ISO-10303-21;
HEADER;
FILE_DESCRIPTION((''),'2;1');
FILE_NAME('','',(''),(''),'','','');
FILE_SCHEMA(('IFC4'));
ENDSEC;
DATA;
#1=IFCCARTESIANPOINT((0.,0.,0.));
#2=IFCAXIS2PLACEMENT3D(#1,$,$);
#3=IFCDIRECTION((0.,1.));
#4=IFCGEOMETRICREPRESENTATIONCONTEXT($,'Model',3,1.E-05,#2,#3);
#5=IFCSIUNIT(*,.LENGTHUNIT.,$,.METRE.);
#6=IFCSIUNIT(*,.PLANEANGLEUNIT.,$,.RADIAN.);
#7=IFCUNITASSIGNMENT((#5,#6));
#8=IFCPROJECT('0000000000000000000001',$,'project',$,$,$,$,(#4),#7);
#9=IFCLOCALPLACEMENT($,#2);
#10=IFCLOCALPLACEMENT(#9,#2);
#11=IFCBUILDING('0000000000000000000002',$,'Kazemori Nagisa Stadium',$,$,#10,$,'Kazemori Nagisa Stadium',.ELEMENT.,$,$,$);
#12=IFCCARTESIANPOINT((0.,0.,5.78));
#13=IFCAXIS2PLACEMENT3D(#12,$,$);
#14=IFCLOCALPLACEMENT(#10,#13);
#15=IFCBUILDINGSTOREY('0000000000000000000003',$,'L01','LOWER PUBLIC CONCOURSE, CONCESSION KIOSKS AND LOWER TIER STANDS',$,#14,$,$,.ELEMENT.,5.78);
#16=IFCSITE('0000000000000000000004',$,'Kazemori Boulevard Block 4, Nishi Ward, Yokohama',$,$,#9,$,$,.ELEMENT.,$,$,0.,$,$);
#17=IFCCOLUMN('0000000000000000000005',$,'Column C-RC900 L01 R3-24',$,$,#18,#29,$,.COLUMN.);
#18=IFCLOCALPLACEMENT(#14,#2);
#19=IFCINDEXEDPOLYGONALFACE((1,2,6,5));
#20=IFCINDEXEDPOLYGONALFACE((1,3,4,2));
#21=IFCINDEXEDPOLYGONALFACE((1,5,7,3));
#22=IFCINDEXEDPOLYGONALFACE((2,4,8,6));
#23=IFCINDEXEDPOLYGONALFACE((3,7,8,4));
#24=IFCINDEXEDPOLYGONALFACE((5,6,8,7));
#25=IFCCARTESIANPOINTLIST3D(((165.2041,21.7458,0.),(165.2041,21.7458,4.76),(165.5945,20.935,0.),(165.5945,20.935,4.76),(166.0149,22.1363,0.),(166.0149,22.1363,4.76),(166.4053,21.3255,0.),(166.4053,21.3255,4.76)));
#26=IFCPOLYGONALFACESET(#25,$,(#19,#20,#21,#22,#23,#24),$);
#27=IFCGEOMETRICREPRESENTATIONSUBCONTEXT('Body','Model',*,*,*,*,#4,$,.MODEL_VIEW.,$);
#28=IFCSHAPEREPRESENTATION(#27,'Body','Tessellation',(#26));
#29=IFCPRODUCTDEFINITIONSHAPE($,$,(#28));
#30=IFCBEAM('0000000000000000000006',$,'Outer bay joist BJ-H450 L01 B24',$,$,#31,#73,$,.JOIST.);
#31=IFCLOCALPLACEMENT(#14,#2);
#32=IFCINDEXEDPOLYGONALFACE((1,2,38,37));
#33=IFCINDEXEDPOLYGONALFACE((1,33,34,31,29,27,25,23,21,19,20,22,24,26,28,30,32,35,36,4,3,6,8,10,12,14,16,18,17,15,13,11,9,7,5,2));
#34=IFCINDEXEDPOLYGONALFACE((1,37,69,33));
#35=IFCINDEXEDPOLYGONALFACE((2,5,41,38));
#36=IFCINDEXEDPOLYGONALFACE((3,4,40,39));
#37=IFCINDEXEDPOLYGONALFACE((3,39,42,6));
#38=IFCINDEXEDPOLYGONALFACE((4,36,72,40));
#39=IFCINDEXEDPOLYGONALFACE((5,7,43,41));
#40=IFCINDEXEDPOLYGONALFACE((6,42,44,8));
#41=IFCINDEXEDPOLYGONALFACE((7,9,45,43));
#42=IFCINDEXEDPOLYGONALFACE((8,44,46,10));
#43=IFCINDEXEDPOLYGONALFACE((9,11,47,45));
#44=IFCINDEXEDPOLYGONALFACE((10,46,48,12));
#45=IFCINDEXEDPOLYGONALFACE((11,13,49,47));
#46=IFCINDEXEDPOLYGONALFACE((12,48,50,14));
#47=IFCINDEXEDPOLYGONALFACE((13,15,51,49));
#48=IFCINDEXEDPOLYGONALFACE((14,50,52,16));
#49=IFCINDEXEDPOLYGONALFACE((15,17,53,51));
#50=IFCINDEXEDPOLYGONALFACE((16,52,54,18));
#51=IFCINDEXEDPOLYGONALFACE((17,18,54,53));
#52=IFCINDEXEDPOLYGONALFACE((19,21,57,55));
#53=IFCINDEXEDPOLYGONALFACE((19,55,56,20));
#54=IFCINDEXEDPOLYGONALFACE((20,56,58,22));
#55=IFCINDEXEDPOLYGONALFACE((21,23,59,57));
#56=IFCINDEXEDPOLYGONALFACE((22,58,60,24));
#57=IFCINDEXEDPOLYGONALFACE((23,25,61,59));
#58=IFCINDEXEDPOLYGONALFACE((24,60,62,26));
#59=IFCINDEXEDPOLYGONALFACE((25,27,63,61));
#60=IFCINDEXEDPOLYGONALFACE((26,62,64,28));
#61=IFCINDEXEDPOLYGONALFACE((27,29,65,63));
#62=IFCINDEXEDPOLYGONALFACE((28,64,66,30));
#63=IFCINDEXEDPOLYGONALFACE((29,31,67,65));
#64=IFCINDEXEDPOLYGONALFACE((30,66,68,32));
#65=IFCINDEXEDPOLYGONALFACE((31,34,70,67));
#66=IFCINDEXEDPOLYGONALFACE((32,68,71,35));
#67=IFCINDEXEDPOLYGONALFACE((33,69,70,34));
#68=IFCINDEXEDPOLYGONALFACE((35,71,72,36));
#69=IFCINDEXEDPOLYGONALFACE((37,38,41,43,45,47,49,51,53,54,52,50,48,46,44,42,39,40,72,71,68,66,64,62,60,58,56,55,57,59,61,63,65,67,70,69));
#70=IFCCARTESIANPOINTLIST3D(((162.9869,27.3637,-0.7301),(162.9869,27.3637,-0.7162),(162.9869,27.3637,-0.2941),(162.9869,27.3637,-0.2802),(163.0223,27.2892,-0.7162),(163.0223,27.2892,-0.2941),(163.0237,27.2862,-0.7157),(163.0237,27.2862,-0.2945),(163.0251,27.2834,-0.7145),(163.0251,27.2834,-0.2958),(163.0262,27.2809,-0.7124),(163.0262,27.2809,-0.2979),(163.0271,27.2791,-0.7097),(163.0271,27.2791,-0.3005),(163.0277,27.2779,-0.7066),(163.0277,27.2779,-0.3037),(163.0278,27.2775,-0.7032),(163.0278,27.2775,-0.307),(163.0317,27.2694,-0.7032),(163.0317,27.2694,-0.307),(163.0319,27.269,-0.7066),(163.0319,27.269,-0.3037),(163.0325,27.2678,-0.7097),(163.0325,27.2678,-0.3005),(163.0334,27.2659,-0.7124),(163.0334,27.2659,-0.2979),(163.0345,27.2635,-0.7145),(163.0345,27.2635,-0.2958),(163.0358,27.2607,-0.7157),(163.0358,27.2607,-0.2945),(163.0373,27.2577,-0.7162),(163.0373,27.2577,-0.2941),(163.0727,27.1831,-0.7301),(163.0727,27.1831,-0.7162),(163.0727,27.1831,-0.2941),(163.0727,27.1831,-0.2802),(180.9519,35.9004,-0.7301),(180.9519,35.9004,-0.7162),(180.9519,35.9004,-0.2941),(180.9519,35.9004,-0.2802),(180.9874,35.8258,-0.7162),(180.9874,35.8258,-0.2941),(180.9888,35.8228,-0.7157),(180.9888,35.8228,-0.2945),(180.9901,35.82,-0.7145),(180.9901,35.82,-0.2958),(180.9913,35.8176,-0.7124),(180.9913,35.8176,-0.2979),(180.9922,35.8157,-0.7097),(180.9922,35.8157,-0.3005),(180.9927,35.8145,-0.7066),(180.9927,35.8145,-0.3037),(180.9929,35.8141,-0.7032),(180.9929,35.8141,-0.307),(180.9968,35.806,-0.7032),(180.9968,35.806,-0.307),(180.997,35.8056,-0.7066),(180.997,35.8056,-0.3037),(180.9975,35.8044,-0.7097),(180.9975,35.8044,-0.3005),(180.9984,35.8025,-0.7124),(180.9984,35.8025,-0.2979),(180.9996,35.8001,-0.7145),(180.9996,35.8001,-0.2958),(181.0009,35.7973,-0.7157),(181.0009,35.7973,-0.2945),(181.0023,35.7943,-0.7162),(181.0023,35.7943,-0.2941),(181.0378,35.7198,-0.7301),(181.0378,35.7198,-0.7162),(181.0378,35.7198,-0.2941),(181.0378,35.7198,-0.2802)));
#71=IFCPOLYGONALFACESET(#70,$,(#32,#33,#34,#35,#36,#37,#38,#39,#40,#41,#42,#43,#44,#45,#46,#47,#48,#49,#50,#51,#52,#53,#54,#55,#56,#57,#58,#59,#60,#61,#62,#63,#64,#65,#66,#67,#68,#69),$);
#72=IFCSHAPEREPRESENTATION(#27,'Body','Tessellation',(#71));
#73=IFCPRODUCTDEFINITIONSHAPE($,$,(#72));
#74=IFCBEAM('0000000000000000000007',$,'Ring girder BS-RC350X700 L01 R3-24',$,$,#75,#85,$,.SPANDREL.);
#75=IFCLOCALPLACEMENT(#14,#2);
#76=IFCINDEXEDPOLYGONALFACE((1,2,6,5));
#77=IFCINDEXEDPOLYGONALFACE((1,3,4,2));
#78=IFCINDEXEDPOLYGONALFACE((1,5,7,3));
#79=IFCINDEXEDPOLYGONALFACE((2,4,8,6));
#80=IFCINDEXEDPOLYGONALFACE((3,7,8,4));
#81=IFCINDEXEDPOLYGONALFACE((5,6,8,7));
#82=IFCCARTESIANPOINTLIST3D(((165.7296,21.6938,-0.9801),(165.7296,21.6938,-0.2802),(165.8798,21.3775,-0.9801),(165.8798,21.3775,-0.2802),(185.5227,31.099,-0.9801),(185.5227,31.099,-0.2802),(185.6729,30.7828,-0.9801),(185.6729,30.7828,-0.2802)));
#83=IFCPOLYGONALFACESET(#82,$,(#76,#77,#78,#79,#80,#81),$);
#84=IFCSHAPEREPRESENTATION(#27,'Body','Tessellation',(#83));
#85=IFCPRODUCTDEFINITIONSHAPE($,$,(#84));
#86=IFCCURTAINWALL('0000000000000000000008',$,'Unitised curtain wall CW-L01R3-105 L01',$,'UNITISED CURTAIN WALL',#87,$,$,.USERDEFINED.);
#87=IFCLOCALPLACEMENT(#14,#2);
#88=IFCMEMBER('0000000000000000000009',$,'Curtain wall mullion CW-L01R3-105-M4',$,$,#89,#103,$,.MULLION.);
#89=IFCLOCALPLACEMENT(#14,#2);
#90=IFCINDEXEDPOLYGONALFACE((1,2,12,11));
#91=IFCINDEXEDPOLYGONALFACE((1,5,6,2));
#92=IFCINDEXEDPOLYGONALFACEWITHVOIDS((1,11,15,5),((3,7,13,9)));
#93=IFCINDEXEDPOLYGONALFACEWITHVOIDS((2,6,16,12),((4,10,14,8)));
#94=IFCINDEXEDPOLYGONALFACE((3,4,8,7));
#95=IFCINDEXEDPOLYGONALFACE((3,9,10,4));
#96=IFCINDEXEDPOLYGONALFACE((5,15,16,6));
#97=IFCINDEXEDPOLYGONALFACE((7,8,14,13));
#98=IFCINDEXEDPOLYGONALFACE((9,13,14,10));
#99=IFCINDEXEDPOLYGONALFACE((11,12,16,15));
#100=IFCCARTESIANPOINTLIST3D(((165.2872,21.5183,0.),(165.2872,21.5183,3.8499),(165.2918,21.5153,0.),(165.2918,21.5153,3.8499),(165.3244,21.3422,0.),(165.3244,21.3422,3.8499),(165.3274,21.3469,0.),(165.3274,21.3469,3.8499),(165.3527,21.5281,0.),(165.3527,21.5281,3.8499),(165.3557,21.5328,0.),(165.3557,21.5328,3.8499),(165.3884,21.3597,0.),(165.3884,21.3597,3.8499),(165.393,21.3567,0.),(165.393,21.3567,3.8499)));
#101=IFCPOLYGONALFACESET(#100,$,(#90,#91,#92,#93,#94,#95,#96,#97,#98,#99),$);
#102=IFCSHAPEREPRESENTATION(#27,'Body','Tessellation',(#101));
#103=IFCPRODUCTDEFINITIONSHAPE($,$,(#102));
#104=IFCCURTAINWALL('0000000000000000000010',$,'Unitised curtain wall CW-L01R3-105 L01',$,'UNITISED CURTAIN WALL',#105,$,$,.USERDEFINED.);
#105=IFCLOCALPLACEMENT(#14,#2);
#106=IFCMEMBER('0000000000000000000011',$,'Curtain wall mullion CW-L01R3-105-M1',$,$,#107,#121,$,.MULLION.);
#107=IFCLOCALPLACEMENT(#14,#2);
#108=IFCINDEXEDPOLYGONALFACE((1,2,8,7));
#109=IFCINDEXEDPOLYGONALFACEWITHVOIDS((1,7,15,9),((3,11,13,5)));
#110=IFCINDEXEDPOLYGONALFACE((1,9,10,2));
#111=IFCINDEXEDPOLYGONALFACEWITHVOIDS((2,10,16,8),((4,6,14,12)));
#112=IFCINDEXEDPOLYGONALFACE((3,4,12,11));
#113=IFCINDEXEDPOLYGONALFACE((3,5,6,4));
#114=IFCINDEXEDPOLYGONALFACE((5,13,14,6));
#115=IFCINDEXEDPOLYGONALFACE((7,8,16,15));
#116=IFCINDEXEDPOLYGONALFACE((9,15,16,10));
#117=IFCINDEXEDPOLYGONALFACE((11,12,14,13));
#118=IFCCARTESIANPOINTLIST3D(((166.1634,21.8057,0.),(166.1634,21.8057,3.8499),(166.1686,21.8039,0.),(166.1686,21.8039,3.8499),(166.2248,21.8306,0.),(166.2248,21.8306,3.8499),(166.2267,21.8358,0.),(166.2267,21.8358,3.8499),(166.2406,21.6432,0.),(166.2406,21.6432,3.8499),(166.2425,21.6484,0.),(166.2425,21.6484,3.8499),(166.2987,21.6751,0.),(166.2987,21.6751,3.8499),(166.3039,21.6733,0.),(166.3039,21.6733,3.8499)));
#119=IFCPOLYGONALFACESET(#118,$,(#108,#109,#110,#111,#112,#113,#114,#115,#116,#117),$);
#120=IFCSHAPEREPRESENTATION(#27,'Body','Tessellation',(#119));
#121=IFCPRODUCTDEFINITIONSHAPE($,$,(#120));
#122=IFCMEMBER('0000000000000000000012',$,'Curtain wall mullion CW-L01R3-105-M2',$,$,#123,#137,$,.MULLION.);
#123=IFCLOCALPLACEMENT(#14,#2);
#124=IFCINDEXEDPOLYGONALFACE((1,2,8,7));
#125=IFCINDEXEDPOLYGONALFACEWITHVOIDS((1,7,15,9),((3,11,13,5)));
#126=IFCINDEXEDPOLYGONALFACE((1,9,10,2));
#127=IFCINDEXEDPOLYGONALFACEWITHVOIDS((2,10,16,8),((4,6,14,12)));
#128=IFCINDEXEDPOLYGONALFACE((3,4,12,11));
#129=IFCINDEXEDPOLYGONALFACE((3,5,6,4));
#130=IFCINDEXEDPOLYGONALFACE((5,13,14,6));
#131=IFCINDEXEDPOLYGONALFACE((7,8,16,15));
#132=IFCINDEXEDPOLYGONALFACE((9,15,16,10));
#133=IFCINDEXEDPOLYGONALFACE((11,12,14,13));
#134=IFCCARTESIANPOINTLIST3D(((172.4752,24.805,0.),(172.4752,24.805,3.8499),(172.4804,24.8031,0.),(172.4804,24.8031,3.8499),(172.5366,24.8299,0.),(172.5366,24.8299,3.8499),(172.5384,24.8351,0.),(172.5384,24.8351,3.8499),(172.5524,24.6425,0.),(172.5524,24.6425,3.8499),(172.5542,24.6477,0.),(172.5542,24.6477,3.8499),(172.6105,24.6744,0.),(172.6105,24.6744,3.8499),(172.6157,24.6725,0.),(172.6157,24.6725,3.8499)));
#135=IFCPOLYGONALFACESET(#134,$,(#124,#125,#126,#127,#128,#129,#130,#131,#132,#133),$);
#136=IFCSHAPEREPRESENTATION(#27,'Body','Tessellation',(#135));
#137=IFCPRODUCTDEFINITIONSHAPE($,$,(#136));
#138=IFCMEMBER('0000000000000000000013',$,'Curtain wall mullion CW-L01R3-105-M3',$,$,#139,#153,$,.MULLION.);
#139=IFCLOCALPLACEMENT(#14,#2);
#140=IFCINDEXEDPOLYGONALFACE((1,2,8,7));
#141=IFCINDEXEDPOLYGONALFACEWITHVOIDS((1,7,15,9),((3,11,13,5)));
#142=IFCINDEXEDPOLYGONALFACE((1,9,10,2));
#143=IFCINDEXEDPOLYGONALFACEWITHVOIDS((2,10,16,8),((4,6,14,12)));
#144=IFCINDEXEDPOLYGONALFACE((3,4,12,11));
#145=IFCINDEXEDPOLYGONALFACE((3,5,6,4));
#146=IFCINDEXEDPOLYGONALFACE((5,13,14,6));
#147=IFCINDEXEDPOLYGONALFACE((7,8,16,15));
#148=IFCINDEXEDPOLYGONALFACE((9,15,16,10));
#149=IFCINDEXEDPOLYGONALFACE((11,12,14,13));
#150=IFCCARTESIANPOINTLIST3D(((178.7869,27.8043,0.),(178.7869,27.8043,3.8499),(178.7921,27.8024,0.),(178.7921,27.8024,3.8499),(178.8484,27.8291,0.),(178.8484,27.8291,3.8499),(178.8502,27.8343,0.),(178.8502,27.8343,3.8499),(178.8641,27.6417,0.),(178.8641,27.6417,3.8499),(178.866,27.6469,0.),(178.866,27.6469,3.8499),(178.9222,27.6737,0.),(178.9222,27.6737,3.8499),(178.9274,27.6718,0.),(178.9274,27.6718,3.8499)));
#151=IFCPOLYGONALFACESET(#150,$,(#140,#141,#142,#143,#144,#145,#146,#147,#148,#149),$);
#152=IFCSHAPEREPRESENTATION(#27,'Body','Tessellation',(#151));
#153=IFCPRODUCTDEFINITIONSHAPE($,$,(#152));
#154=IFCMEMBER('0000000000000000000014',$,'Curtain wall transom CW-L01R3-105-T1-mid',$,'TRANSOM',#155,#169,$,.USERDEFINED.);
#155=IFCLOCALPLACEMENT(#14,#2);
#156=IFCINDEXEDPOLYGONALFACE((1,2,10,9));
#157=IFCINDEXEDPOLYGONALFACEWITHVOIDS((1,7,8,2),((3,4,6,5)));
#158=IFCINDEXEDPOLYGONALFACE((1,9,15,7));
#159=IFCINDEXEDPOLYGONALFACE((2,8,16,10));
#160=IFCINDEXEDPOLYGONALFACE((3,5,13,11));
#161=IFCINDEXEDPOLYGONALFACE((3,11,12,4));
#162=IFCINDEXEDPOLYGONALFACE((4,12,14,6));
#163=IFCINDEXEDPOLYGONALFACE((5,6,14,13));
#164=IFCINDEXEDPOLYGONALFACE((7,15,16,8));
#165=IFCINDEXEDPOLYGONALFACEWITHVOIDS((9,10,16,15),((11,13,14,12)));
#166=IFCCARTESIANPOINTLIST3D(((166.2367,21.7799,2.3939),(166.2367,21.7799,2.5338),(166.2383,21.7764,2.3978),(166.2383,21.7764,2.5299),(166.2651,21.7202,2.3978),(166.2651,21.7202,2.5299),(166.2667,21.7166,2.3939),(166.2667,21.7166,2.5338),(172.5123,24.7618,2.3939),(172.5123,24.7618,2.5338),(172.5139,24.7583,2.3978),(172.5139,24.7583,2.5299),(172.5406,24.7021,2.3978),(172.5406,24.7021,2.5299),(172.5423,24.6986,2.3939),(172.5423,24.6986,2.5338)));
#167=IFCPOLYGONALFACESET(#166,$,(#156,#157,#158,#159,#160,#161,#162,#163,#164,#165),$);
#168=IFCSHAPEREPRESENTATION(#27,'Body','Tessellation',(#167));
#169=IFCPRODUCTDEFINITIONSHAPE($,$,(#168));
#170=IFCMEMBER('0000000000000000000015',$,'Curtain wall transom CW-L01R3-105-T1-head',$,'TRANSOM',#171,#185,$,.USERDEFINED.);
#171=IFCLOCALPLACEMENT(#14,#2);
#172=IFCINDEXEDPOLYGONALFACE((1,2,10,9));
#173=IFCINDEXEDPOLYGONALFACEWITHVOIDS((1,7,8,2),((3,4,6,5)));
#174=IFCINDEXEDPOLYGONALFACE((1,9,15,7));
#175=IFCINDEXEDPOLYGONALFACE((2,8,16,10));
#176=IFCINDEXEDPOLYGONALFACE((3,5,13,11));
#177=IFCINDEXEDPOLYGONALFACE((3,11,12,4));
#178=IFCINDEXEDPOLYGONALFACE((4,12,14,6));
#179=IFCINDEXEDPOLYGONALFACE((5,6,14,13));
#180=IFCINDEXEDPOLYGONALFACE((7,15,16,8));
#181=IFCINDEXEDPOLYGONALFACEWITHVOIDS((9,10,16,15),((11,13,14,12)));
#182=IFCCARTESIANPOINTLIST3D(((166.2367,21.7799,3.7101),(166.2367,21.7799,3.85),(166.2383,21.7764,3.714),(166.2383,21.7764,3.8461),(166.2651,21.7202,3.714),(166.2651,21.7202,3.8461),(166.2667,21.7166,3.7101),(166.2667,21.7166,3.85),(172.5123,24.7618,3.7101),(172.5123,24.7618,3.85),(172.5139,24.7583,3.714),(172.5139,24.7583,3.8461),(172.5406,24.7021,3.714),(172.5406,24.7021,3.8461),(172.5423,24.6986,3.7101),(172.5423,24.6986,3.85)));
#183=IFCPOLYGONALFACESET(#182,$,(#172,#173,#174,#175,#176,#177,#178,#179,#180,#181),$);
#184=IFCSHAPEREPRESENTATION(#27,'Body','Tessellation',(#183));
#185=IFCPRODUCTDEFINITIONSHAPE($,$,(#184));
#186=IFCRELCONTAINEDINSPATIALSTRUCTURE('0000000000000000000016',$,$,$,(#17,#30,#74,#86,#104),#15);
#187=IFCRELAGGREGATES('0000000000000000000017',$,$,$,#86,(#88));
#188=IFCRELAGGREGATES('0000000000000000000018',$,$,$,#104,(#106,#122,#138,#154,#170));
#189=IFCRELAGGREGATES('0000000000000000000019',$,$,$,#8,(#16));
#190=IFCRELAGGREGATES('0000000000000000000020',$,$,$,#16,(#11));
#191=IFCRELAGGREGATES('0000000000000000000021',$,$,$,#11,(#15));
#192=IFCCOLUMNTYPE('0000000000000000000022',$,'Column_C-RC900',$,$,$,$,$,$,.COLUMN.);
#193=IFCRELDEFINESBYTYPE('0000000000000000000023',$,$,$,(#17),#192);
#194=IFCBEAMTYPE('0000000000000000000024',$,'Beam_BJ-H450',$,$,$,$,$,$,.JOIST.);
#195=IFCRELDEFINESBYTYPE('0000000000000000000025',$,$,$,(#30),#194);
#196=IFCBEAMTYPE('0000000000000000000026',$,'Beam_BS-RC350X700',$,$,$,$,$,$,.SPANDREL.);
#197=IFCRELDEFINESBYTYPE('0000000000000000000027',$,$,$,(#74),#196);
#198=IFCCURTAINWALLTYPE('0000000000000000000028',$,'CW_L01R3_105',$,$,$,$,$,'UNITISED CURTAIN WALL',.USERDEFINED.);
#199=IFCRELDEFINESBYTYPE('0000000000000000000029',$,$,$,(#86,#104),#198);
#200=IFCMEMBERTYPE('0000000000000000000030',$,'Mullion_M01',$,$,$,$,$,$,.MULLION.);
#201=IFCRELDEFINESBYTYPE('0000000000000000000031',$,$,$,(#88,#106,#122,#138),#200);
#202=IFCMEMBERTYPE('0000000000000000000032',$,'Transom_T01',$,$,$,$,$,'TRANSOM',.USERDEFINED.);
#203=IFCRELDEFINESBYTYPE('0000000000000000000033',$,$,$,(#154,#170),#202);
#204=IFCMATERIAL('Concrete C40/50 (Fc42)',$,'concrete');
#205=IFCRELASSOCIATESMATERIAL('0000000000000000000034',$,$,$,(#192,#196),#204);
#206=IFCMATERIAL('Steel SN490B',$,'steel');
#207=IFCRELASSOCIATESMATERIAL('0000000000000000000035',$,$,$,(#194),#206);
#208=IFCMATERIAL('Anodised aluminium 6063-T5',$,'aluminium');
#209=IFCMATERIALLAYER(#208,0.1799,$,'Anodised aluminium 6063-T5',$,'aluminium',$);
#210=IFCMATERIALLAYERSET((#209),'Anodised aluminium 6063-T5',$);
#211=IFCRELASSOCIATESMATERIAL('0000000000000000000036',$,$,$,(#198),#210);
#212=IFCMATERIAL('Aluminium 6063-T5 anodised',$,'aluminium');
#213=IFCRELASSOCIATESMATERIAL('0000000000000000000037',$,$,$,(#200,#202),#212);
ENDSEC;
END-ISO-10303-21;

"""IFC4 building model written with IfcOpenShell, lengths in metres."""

from ifc_helpers import new_model, si_unit, direction, frame, origin, origin_2d, place, context, subcontext, project, spatial, rectangle, hollow_rectangle, i_section, extrude, material, layer, layer_set, material_profile, profile_set, type_object, element, aggregate, save


model = new_model("IFC4")

# Units and contexts
model_context = context("Model", 3, precision=1e-05, world=origin(), true_north=direction((0.0, 1.0)))
body_context = subcontext(model_context, "Body", "Model", "MODEL_VIEW")
ifc_project = project(units=[si_unit("LENGTHUNIT", "METRE"), si_unit("PLANEANGLEUNIT", "RADIAN")], contexts=[model_context])

# Site, building, storey
site_placement = place(None, origin())
site = spatial("IfcSite", under=ifc_project, at=site_placement, Name="Kazemori Boulevard Block 4, Nishi Ward, Yokohama", CompositionType="ELEMENT", RefElevation=0.0)
building_placement = place(site_placement, origin())
building = spatial("IfcBuilding", under=site, at=building_placement, Name="Kazemori Nagisa Stadium", LongName="Kazemori Nagisa Stadium", CompositionType="ELEMENT")
storey_placement = place(building_placement, frame((0.0, 0.0, 5.78)))
storey = spatial("IfcBuildingStorey", under=building, at=storey_placement, Name="L01", Description="LOWER PUBLIC CONCOURSE, CONCESSION KIOSKS AND LOWER TIER STANDS", CompositionType="ELEMENT", Elevation=5.78)

# Column
ifc_material_1 = material(Name="Concrete C40/50 (Fc42)", Category="concrete")
ifc_material_profile_1 = material_profile(ifc_material_1, rectangle(XDim=0.8999, YDim=0.8999, at=origin_2d()), Name="RC-COL-900x900")
ifc_profile_set_1 = profile_set([ifc_material_profile_1], Name="Concrete C40/50 (Fc42)")
column_type = type_object("IfcColumnType", Name="Column_C-RC900", PredefinedType="COLUMN", material=ifc_profile_set_1)
column_placement = place(storey_placement, frame((165.8047, 21.5356, 0.0), z_axis=(0.0, 0.0, 1.0), x_axis=(0.433884, -0.900969, 0.0)))
element("IfcColumn", 1, at=column_placement, inside=storey, type_object=column_type, Name="Column C-RC900 L01 R3-24", PredefinedType="COLUMN", context=body_context, shape_type="SweptSolid", body=[
    extrude(rectangle(XDim=0.8999, YDim=0.8999, at=origin_2d()), origin(), (0.0, 0.0, 1.0), 4.76),
])

# Beams
ifc_material_2 = material(Name="Steel SN490B", Category="steel")
ifc_material_profile_2 = material_profile(ifc_material_2, i_section(OverallWidth=0.2, OverallDepth=0.45, WebThickness=0.009, FlangeThickness=0.0139, FilletRadius=0.0129, at=origin_2d()), Name="H-450x200x9x14")
ifc_profile_set_2 = profile_set([ifc_material_profile_2], Name="Steel SN490B")
beam_type_1 = type_object("IfcBeamType", Name="Beam_BJ-H450", PredefinedType="JOIST", material=ifc_profile_set_2)
beam_1_placement = place(storey_placement, frame((163.0298, 27.2734, -0.5051), z_axis=(0.903215, 0.429188, 0.0), x_axis=(-0.429188, 0.903215, 0.0)))
element("IfcBeam", 2, at=beam_1_placement, inside=storey, type_object=beam_type_1, Name="Outer bay joist BJ-H450 L01 B24", PredefinedType="JOIST", context=body_context, shape_type="SweptSolid", body=[
    extrude(i_section(OverallWidth=0.2, OverallDepth=0.45, WebThickness=0.009, FlangeThickness=0.0139, FilletRadius=0.0129, at=origin_2d()), origin(), (0.0, 0.0, 1.0), 19.8901),
])
ifc_material_profile_3 = material_profile(ifc_material_1, rectangle(XDim=0.3501, YDim=0.7, at=origin_2d()), Name="RC-SP-350x700")
ifc_profile_set_3 = profile_set([ifc_material_profile_3], Name="Concrete C40/50 (Fc42)")
beam_type_2 = type_object("IfcBeamType", Name="Beam_BS-RC350X700", PredefinedType="SPANDREL", material=ifc_profile_set_3)
beam_2_placement = place(storey_placement, frame((165.8047, 21.5356, -0.6301), z_axis=(0.903216, 0.429187, 0.0), x_axis=(-0.429187, 0.903216, 0.0)))
element("IfcBeam", 3, at=beam_2_placement, inside=storey, type_object=beam_type_2, Name="Ring girder BS-RC350X700 L01 R3-24", PredefinedType="SPANDREL", context=body_context, shape_type="SweptSolid", body=[
    extrude(rectangle(XDim=0.3501, YDim=0.7, at=origin_2d()), origin(), (0.0, 0.0, 1.0), 21.9141),
])

# Curtain wall, member
ifc_material_3 = material(Name="Anodised aluminium 6063-T5", Category="aluminium")
ifc_layer_1 = layer(ifc_material_3, 0.1799, Name="Anodised aluminium 6063-T5", Category="aluminium")
ifc_layer_set_1 = layer_set([ifc_layer_1], Name="Anodised aluminium 6063-T5")
curtain_wall_type = type_object("IfcCurtainWallType", Name="CW_L01R3_105", ElementType="UNITISED CURTAIN WALL", PredefinedType="USERDEFINED", material=ifc_layer_set_1)
curtain_wall_1_placement = place(storey_placement, origin())
curtain_wall_1 = element("IfcCurtainWall", 4, at=curtain_wall_1_placement, inside=storey, type_object=curtain_wall_type, Name="Unitised curtain wall CW-L01R3-105 L01", ObjectType="UNITISED CURTAIN WALL", PredefinedType="USERDEFINED")
ifc_material_4 = material(Name="Aluminium 6063-T5 anodised", Category="aluminium")
ifc_material_profile_4 = material_profile(ifc_material_4, hollow_rectangle(XDim=0.0701, YDim=0.1799, WallThickness=0.0039, at=origin_2d()), Name="ALU-MULL-70x180x4")
ifc_profile_set_4 = profile_set([ifc_material_profile_4], Name="Aluminium 6063-T5 anodised")
member_type_1 = type_object("IfcMemberType", Name="Mullion_M01", PredefinedType="MULLION", material=ifc_profile_set_4)
member_1_placement = place(storey_placement, frame((165.3401, 21.4375, 0.0), z_axis=(0.0, 0.0, 1.0), x_axis=(0.978345, 0.206981, 0.0)))
member_1 = element("IfcMember", 5, at=member_1_placement, type_object=member_type_1, Name="Curtain wall mullion CW-L01R3-105-M4", PredefinedType="MULLION", context=body_context, shape_type="SweptSolid", body=[
    extrude(hollow_rectangle(XDim=0.0701, YDim=0.1799, WallThickness=0.0039, at=origin_2d()), origin(), (0.0, 0.0, 1.0), 3.8499),
])

# Curtain wall, members
curtain_wall_2_placement = place(storey_placement, origin())
curtain_wall_2 = element("IfcCurtainWall", 6, at=curtain_wall_2_placement, inside=storey, type_object=curtain_wall_type, Name="Unitised curtain wall CW-L01R3-105 L01", ObjectType="UNITISED CURTAIN WALL", PredefinedType="USERDEFINED")
member_2_placement = place(storey_placement, frame((166.2336, 21.7395, 0.0), z_axis=(0.0, 0.0, 1.0), x_axis=(0.903216, 0.429186, 0.0)))
member_2 = element("IfcMember", 7, at=member_2_placement, type_object=member_type_1, Name="Curtain wall mullion CW-L01R3-105-M1", PredefinedType="MULLION", context=body_context, shape_type="SweptSolid", body=[
    extrude(hollow_rectangle(XDim=0.0701, YDim=0.1799, WallThickness=0.0039, at=origin_2d()), origin(), (0.0, 0.0, 1.0), 3.8499),
])
member_3_placement = place(storey_placement, frame((172.5454, 24.7388, 0.0), z_axis=(0.0, 0.0, 1.0), x_axis=(0.903216, 0.429186, 0.0)))
member_3 = element("IfcMember", 8, at=member_3_placement, type_object=member_type_1, Name="Curtain wall mullion CW-L01R3-105-M2", PredefinedType="MULLION", context=body_context, shape_type="SweptSolid", body=[
    extrude(hollow_rectangle(XDim=0.0701, YDim=0.1799, WallThickness=0.0039, at=origin_2d()), origin(), (0.0, 0.0, 1.0), 3.8499),
])
member_4_placement = place(storey_placement, frame((178.8572, 27.738, 0.0), z_axis=(0.0, 0.0, 1.0), x_axis=(0.903216, 0.429186, 0.0)))
member_4 = element("IfcMember", 9, at=member_4_placement, type_object=member_type_1, Name="Curtain wall mullion CW-L01R3-105-M3", PredefinedType="MULLION", context=body_context, shape_type="SweptSolid", body=[
    extrude(hollow_rectangle(XDim=0.0701, YDim=0.1799, WallThickness=0.0039, at=origin_2d()), origin(), (0.0, 0.0, 1.0), 3.8499),
])
ifc_material_profile_5 = material_profile(ifc_material_4, hollow_rectangle(XDim=0.0701, YDim=0.1399, WallThickness=0.0039, at=origin_2d()), Name="ALU-TRAN-70x140x4")
ifc_profile_set_5 = profile_set([ifc_material_profile_5], Name="Aluminium 6063-T5 anodised")
member_type_2 = type_object("IfcMemberType", Name="Transom_T01", ElementType="TRANSOM", PredefinedType="USERDEFINED", material=ifc_profile_set_5)
member_5_placement = place(storey_placement, frame((166.2517, 21.7483, 2.4639), z_axis=(0.903221, 0.429175, 0.0), x_axis=(-0.429175, 0.903221, 0.0)))
member_5 = element("IfcMember", 10, at=member_5_placement, type_object=member_type_2, Name="Curtain wall transom CW-L01R3-105-T1-mid", ObjectType="TRANSOM", PredefinedType="USERDEFINED", context=body_context, shape_type="SweptSolid", body=[
    extrude(hollow_rectangle(XDim=0.0701, YDim=0.1399, WallThickness=0.0039, at=origin_2d()), origin(), (0.0, 0.0, 1.0), 6.948),
])
member_6_placement = place(storey_placement, frame((166.2517, 21.7483, 3.78), z_axis=(0.903221, 0.429175, 0.0), x_axis=(-0.429175, 0.903221, 0.0)))
member_6 = element("IfcMember", 11, at=member_6_placement, type_object=member_type_2, Name="Curtain wall transom CW-L01R3-105-T1-head", ObjectType="TRANSOM", PredefinedType="USERDEFINED", context=body_context, shape_type="SweptSolid", body=[
    extrude(hollow_rectangle(XDim=0.0701, YDim=0.1399, WallThickness=0.0039, at=origin_2d()), origin(), (0.0, 0.0, 1.0), 6.948),
])

aggregate(curtain_wall_1, [member_1])
aggregate(curtain_wall_2, [member_2, member_3, member_4, member_5, member_6])

save(model, "model.ifc")
